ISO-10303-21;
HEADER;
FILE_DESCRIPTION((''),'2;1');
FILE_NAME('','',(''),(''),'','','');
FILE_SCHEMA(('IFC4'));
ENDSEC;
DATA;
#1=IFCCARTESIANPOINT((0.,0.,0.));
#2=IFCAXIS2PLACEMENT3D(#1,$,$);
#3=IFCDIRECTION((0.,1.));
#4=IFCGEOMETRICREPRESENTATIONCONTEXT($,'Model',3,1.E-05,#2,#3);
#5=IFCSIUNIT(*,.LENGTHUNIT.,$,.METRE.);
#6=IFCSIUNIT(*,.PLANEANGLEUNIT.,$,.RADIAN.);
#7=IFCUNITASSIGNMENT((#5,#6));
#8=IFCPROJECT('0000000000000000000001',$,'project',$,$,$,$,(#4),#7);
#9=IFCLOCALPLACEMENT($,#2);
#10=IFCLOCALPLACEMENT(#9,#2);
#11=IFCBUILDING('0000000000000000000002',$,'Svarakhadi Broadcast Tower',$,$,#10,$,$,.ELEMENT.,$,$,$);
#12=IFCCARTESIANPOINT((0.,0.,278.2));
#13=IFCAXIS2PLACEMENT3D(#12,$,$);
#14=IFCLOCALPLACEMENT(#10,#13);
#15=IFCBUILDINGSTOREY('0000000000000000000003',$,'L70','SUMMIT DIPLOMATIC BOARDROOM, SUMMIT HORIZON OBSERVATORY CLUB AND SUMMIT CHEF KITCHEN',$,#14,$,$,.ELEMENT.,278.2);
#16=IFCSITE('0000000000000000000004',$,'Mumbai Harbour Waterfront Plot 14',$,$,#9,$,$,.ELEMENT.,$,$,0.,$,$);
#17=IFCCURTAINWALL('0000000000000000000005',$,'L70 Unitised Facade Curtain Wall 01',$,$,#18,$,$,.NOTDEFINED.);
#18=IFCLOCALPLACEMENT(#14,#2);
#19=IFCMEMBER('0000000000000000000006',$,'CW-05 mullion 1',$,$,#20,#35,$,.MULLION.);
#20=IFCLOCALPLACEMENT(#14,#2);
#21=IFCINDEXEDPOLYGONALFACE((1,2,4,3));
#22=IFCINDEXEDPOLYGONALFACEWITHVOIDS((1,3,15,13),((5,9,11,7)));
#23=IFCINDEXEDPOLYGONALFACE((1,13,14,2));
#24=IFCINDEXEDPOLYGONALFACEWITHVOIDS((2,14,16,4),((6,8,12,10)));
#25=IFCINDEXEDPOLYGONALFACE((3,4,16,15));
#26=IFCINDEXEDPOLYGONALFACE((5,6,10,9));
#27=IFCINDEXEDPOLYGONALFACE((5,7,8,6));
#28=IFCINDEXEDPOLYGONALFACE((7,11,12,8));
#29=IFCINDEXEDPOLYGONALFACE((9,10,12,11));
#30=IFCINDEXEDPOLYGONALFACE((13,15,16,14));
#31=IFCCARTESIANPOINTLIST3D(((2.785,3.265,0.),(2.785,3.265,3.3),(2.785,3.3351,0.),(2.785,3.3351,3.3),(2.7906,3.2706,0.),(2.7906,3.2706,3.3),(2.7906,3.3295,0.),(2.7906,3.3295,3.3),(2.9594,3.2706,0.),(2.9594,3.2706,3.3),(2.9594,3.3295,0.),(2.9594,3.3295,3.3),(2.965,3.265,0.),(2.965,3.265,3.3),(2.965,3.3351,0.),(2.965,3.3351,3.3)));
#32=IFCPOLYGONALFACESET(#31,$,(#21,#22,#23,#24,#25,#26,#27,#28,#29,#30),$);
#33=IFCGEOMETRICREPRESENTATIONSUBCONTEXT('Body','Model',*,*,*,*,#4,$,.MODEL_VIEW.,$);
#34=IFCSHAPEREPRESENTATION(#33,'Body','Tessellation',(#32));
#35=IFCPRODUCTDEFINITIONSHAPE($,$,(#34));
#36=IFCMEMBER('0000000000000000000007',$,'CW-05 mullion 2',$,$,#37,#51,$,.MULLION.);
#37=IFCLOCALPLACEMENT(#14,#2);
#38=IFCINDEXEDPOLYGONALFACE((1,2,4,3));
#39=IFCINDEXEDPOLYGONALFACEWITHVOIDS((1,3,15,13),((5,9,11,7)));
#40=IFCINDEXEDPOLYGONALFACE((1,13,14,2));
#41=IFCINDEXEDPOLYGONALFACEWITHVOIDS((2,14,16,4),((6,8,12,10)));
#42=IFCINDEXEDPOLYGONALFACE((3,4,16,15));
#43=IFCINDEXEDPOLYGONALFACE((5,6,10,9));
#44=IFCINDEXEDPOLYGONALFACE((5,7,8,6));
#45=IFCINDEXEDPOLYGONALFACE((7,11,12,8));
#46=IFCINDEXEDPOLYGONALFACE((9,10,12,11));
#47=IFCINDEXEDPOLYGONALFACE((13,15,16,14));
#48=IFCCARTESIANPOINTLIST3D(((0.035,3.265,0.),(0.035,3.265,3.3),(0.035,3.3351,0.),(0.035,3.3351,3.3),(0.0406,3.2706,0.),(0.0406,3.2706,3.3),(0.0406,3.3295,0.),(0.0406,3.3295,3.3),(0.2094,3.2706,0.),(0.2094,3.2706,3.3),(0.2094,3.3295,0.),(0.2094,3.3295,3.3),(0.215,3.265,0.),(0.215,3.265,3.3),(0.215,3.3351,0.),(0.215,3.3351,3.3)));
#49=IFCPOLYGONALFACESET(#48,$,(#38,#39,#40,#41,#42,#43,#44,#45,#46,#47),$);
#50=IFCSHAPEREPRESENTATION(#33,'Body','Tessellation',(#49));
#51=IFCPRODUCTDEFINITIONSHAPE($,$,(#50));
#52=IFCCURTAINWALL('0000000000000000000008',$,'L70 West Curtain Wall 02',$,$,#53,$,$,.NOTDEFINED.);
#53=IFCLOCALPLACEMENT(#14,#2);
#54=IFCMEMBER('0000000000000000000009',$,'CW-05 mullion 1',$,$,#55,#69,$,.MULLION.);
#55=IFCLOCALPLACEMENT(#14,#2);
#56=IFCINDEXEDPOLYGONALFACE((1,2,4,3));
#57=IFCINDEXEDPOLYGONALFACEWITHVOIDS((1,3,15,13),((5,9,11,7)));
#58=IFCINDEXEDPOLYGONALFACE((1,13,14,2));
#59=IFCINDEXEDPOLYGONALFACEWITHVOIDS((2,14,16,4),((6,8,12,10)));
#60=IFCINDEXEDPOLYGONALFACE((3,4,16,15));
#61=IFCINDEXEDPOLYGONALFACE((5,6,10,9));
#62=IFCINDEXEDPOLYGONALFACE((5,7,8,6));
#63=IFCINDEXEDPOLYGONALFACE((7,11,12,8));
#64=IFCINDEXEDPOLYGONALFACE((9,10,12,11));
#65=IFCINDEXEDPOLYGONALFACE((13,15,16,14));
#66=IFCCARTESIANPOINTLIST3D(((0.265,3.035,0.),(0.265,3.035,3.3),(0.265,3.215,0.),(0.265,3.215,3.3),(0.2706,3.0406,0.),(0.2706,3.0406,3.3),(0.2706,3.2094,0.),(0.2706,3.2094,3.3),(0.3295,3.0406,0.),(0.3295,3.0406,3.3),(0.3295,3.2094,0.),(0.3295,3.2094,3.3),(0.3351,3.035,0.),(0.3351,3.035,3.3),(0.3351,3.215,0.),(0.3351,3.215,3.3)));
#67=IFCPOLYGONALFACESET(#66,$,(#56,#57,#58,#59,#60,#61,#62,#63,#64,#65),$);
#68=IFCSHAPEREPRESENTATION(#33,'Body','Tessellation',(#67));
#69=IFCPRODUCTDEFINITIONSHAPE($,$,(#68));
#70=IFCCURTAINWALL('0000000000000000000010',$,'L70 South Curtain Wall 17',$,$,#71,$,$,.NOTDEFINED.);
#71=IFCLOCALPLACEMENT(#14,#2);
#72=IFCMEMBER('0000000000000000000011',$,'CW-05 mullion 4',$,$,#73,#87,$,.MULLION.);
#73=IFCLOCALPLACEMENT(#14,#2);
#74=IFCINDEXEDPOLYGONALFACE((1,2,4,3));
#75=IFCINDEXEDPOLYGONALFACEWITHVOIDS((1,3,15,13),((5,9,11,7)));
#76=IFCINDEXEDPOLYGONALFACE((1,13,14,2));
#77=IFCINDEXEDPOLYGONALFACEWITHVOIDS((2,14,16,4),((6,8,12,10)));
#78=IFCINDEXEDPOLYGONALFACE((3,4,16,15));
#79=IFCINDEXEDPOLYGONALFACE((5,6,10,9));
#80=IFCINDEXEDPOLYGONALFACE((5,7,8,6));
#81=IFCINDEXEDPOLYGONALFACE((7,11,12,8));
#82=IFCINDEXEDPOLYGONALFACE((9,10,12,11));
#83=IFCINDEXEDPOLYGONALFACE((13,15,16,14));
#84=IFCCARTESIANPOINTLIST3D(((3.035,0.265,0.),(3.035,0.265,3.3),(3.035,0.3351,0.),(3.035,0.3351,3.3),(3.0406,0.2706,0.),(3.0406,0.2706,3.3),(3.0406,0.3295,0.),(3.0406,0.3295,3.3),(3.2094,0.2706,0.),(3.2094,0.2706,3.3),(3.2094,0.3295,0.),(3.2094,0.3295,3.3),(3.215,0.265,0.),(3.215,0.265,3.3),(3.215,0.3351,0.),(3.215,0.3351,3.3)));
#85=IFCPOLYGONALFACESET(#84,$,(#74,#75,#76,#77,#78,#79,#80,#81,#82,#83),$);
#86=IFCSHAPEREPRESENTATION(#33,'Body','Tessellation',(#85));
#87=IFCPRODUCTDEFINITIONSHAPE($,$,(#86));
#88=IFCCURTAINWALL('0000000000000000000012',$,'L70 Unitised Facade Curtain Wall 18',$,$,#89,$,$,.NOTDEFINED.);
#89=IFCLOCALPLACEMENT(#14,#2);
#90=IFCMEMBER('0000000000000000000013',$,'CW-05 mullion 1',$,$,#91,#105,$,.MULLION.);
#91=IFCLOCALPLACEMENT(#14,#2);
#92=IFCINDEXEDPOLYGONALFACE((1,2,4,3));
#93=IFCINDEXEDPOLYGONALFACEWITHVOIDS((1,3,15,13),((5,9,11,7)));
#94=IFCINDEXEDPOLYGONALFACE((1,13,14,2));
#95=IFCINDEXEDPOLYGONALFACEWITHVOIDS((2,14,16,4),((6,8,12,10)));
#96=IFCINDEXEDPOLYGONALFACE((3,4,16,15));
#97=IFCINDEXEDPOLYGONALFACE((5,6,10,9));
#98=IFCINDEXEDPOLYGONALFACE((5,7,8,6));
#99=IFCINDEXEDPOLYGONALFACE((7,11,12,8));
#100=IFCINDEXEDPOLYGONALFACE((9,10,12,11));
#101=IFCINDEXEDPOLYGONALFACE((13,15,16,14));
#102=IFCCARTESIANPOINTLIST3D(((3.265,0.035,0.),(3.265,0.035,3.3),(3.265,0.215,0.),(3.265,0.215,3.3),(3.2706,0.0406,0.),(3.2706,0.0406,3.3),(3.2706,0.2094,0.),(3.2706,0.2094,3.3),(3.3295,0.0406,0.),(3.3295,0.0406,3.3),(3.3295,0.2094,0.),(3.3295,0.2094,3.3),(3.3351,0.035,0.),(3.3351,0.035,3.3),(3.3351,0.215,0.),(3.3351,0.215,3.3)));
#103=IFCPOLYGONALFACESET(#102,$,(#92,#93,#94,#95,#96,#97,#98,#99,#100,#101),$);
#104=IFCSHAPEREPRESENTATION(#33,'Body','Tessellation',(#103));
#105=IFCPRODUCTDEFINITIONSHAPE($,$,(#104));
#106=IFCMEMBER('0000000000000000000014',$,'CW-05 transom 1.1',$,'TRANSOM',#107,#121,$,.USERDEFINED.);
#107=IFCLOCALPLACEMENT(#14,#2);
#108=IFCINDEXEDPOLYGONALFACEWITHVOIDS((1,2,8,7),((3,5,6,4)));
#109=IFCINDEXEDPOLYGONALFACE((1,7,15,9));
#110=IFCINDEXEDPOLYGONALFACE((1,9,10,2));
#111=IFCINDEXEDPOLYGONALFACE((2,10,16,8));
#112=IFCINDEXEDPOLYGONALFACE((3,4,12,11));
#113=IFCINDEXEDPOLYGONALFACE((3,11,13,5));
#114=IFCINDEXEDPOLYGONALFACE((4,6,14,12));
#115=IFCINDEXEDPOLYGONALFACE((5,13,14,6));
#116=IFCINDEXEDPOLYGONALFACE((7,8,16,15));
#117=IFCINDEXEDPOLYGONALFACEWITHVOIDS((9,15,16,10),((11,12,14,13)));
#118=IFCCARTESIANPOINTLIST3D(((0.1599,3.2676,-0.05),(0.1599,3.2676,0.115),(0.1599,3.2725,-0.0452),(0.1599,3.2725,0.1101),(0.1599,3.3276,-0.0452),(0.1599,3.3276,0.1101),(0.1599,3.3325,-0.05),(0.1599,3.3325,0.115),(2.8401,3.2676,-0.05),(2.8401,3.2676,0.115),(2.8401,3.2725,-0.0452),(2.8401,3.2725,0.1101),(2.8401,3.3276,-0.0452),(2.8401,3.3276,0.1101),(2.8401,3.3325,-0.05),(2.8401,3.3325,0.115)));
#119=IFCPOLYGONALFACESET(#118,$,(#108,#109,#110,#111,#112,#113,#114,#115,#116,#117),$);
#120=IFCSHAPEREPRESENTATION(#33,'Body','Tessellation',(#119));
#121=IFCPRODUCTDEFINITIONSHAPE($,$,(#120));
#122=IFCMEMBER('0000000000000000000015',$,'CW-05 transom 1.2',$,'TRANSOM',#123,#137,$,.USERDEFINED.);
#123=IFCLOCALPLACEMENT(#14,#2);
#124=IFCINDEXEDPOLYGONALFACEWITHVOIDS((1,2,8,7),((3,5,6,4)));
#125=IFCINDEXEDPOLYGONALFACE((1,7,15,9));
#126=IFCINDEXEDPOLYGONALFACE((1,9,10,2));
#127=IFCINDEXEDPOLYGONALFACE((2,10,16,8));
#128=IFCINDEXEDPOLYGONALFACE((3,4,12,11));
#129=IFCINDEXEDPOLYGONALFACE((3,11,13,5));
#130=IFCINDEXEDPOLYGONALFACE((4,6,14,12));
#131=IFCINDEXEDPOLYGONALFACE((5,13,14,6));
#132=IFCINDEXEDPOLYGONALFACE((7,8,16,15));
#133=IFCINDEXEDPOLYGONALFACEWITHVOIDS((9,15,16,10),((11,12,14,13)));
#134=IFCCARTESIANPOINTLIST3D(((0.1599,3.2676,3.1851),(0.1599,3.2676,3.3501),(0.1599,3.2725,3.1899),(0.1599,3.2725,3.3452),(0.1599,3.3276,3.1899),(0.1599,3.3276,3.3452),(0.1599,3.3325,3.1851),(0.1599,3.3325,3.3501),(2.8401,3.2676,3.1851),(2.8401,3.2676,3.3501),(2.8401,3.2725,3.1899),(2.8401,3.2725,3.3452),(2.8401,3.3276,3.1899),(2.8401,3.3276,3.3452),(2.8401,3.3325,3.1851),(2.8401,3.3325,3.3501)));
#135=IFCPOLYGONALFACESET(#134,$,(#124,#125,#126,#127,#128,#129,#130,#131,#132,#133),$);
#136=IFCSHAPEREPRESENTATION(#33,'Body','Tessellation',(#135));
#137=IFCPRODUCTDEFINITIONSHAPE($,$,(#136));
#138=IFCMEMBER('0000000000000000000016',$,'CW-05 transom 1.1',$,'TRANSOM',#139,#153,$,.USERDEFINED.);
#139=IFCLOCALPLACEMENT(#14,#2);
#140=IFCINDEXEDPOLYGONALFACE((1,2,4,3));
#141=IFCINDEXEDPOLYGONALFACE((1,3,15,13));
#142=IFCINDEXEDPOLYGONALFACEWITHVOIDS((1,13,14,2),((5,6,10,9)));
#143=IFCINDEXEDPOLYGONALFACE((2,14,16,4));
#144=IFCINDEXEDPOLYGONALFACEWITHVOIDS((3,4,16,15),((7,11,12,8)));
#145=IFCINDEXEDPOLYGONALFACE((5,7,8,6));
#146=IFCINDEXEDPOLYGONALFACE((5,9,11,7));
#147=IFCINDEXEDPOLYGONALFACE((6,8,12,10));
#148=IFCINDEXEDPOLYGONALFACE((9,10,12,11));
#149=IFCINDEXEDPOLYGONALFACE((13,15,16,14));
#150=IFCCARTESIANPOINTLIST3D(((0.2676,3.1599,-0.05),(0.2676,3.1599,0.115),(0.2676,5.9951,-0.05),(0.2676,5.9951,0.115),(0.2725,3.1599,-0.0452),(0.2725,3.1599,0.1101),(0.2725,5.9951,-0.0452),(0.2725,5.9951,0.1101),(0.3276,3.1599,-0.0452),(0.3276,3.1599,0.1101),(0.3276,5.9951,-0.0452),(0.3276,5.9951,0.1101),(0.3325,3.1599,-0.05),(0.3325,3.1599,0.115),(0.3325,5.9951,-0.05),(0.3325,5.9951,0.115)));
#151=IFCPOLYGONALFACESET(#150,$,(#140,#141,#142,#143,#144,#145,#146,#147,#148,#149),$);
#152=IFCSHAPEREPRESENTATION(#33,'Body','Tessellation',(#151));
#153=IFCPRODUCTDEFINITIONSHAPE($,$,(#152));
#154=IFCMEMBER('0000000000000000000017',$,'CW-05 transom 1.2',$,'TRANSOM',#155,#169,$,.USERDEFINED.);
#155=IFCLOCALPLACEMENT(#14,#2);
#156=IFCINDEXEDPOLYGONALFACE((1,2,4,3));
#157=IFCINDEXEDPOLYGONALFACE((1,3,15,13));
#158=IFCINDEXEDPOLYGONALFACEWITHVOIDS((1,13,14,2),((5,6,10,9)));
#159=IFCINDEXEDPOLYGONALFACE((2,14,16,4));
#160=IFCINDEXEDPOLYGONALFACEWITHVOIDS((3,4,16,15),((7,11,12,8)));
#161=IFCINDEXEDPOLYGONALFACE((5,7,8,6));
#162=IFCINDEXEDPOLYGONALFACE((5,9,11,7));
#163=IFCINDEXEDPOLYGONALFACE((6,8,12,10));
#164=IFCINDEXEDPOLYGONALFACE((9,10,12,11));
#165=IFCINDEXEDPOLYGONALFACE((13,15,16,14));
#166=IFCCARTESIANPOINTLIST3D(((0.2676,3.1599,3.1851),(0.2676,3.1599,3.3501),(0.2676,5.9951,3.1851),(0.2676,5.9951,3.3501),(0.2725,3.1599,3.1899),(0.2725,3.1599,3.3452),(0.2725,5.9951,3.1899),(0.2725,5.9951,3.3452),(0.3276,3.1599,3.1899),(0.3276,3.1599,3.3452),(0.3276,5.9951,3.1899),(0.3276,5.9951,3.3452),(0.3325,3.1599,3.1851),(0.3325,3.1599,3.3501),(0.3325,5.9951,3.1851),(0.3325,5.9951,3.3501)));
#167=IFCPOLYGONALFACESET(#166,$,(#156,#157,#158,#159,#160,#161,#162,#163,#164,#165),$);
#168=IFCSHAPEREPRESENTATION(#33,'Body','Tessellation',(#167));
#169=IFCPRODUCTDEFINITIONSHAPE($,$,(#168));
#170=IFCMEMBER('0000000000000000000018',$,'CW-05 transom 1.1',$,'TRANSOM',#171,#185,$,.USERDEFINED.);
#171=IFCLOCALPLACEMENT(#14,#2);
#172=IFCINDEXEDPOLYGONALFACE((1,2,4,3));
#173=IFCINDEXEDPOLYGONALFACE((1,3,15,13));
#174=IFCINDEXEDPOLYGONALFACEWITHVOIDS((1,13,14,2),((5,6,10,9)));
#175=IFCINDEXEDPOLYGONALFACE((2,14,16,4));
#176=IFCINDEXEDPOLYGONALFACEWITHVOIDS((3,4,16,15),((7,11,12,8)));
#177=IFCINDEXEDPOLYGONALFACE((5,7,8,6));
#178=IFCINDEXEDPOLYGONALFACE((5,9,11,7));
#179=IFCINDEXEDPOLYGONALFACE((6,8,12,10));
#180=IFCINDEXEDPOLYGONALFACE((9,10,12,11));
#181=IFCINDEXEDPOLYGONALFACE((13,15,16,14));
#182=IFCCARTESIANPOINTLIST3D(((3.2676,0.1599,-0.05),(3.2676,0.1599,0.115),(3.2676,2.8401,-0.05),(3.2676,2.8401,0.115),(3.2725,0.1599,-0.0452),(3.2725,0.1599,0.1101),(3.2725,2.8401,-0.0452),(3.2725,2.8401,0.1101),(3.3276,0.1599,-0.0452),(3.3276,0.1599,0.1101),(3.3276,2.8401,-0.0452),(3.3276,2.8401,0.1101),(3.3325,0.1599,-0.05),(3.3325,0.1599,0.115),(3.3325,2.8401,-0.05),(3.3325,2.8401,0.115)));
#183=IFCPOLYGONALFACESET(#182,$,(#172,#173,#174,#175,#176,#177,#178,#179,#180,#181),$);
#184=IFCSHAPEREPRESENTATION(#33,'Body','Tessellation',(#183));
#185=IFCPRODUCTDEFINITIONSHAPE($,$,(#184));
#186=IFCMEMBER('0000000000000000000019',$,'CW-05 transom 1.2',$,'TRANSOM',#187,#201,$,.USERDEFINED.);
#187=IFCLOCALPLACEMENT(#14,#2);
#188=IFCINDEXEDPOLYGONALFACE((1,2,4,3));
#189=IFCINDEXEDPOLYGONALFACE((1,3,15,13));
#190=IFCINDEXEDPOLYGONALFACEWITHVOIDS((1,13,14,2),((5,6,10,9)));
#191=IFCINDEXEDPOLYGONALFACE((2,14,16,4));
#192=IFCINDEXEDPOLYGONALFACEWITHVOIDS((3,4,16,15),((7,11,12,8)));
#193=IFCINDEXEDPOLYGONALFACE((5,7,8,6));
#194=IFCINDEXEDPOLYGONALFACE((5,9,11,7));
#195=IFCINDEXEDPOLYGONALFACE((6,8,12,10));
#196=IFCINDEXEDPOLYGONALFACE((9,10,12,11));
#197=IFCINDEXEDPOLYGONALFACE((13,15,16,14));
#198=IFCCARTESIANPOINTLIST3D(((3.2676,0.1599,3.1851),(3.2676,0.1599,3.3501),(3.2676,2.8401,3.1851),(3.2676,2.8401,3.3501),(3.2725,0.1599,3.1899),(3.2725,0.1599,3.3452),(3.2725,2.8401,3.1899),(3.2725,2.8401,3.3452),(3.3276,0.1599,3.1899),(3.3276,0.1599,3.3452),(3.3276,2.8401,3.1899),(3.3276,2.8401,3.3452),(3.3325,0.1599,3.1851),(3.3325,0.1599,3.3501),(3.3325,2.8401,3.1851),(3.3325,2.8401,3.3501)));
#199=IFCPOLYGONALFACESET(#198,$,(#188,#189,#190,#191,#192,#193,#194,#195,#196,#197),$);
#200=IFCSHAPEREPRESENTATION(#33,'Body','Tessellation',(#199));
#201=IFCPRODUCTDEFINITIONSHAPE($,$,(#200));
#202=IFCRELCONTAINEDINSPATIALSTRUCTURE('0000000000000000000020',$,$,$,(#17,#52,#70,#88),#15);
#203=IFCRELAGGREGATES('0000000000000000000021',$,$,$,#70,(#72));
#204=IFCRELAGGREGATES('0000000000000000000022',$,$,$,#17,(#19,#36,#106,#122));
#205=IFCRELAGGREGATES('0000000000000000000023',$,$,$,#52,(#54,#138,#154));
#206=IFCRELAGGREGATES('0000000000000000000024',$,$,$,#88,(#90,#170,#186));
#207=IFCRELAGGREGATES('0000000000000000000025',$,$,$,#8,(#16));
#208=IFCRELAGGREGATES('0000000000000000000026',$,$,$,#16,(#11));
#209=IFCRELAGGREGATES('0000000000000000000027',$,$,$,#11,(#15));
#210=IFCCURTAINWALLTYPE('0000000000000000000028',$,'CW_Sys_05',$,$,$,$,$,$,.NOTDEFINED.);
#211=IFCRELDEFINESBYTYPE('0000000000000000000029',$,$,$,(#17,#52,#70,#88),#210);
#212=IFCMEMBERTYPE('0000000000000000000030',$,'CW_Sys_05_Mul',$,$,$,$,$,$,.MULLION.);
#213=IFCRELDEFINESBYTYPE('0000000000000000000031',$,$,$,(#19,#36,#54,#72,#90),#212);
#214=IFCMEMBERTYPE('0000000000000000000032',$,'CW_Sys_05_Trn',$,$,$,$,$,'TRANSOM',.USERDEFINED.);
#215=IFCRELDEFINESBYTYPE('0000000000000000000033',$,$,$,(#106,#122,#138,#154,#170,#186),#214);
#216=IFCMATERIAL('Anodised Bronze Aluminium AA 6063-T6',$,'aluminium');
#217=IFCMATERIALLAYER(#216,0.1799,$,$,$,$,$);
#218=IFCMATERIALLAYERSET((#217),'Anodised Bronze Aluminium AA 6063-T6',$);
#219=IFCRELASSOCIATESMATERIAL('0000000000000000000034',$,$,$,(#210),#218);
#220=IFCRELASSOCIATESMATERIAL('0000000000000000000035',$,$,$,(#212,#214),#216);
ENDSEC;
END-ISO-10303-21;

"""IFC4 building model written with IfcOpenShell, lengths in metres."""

from ifc_helpers import new_model, si_unit, direction, frame, origin, origin_2d, place, context, subcontext, project, spatial, hollow_rectangle, extrude, material, layer, layer_set, material_profile, profile_set, type_object, element, aggregate, save


model = new_model("IFC4")

# Units and contexts
model_context = context("Model", 3, precision=1e-05, world=origin(), true_north=direction((0.0, 1.0)))
body_context = subcontext(model_context, "Body", "Model", "MODEL_VIEW")
ifc_project = project(units=[si_unit("LENGTHUNIT", "METRE"), si_unit("PLANEANGLEUNIT", "RADIAN")], contexts=[model_context])

# Site, building, storey
site_placement = place(None, origin())
site = spatial("IfcSite", under=ifc_project, at=site_placement, Name="Mumbai Harbour Waterfront Plot 14", CompositionType="ELEMENT", RefElevation=0.0)
building_placement = place(site_placement, origin())
building = spatial("IfcBuilding", under=site, at=building_placement, Name="Svarakhadi Broadcast Tower", CompositionType="ELEMENT")
storey_placement = place(building_placement, frame((0.0, 0.0, 278.2)))
storey = spatial("IfcBuildingStorey", under=building, at=storey_placement, Name="L70", Description="SUMMIT DIPLOMATIC BOARDROOM, SUMMIT HORIZON OBSERVATORY CLUB AND SUMMIT CHEF KITCHEN", CompositionType="ELEMENT", Elevation=278.2)

# Curtain wall, members
ifc_material_1 = material(Name="Anodised Bronze Aluminium AA 6063-T6", Category="aluminium")
ifc_layer_1 = layer(ifc_material_1, 0.1799)
ifc_layer_set_1 = layer_set([ifc_layer_1], Name="Anodised Bronze Aluminium AA 6063-T6")
curtain_wall_type = type_object("IfcCurtainWallType", Name="CW_Sys_05", PredefinedType="NOTDEFINED", material=ifc_layer_set_1)
curtain_wall_1_placement = place(storey_placement, origin())
curtain_wall_1 = element("IfcCurtainWall", 1, at=curtain_wall_1_placement, inside=storey, type_object=curtain_wall_type, Name="L70 Unitised Facade Curtain Wall 01", PredefinedType="NOTDEFINED")
ifc_material_profile_1 = material_profile(ifc_material_1, hollow_rectangle(XDim=0.0701, YDim=0.1799, WallThickness=0.0056, at=origin_2d()), Name="ALU MULLION 180x70x6")
ifc_profile_set_1 = profile_set([ifc_material_profile_1], Name="Anodised Bronze Aluminium AA 6063-T6")
member_type_1 = type_object("IfcMemberType", Name="CW_Sys_05_Mul", PredefinedType="MULLION", material=ifc_profile_set_1)
member_1_placement = place(storey_placement, frame((2.875, 3.3, 0.0), z_axis=(0.0, 0.0, 1.0), x_axis=(0.0, -1.0, 0.0)))
member_1 = element("IfcMember", 2, at=member_1_placement, type_object=member_type_1, Name="CW-05 mullion 1", PredefinedType="MULLION", context=body_context, shape_type="SweptSolid", body=[
    extrude(hollow_rectangle(XDim=0.0701, YDim=0.1799, WallThickness=0.0056, at=origin_2d()), origin(), (0.0, 0.0, 1.0), 3.3),
])
member_2_placement = place(storey_placement, frame((0.125, 3.3, 0.0), z_axis=(0.0, 0.0, 1.0), x_axis=(0.0, -1.0, 0.0)))
member_2 = element("IfcMember", 3, at=member_2_placement, type_object=member_type_1, Name="CW-05 mullion 2", PredefinedType="MULLION", context=body_context, shape_type="SweptSolid", body=[
    extrude(hollow_rectangle(XDim=0.0701, YDim=0.1799, WallThickness=0.0056, at=origin_2d()), origin(), (0.0, 0.0, 1.0), 3.3),
])

# Curtain walls, members
curtain_wall_2_placement = place(storey_placement, origin())
curtain_wall_2 = element("IfcCurtainWall", 4, at=curtain_wall_2_placement, inside=storey, type_object=curtain_wall_type, Name="L70 West Curtain Wall 02", PredefinedType="NOTDEFINED")
member_3_placement = place(storey_placement, frame((0.3, 3.125, 0.0), z_axis=(0.0, 0.0, 1.0), x_axis=(-1.0, 0.0, 0.0)))
member_3 = element("IfcMember", 5, at=member_3_placement, type_object=member_type_1, Name="CW-05 mullion 1", PredefinedType="MULLION", context=body_context, shape_type="SweptSolid", body=[
    extrude(hollow_rectangle(XDim=0.0701, YDim=0.1799, WallThickness=0.0056, at=origin_2d()), origin(), (0.0, 0.0, 1.0), 3.3),
])
curtain_wall_3_placement = place(storey_placement, origin())
curtain_wall_3 = element("IfcCurtainWall", 6, at=curtain_wall_3_placement, inside=storey, type_object=curtain_wall_type, Name="L70 South Curtain Wall 17", PredefinedType="NOTDEFINED")
member_4_placement = place(storey_placement, frame((3.125, 0.3, 0.0), z_axis=(0.0, 0.0, 1.0), x_axis=(0.0, -1.0, 0.0)))
member_4 = element("IfcMember", 7, at=member_4_placement, type_object=member_type_1, Name="CW-05 mullion 4", PredefinedType="MULLION", context=body_context, shape_type="SweptSolid", body=[
    extrude(hollow_rectangle(XDim=0.0701, YDim=0.1799, WallThickness=0.0056, at=origin_2d()), origin(), (0.0, 0.0, 1.0), 3.3),
])
aggregate(curtain_wall_3, [member_4])
curtain_wall_4_placement = place(storey_placement, origin())
curtain_wall_4 = element("IfcCurtainWall", 8, at=curtain_wall_4_placement, inside=storey, type_object=curtain_wall_type, Name="L70 Unitised Facade Curtain Wall 18", PredefinedType="NOTDEFINED")
member_5_placement = place(storey_placement, frame((3.3, 0.125, 0.0), z_axis=(0.0, 0.0, 1.0), x_axis=(-1.0, 0.0, 0.0)))
member_5 = element("IfcMember", 9, at=member_5_placement, type_object=member_type_1, Name="CW-05 mullion 1", PredefinedType="MULLION", context=body_context, shape_type="SweptSolid", body=[
    extrude(hollow_rectangle(XDim=0.0701, YDim=0.1799, WallThickness=0.0056, at=origin_2d()), origin(), (0.0, 0.0, 1.0), 3.3),
])

# Members
ifc_material_profile_2 = material_profile(ifc_material_1, hollow_rectangle(XDim=0.0649, YDim=0.165, WallThickness=0.0049, at=origin_2d()), Name="ALU TRANSOM 165x65x5")
ifc_profile_set_2 = profile_set([ifc_material_profile_2], Name="Anodised Bronze Aluminium AA 6063-T6")
member_type_2 = type_object("IfcMemberType", Name="CW_Sys_05_Trn", ElementType="TRANSOM", PredefinedType="USERDEFINED", material=ifc_profile_set_2)
member_6_placement = place(storey_placement, frame((2.8401, 3.3, 0.0325), z_axis=(-1.0, 0.0, 0.0), x_axis=(0.0, -1.0, 0.0)))
member_6 = element("IfcMember", 10, at=member_6_placement, type_object=member_type_2, Name="CW-05 transom 1.1", ObjectType="TRANSOM", PredefinedType="USERDEFINED", context=body_context, shape_type="SweptSolid", body=[
    extrude(hollow_rectangle(XDim=0.0649, YDim=0.165, WallThickness=0.0049, at=origin_2d()), origin(), (0.0, 0.0, 1.0), 2.6802),
])
member_7_placement = place(storey_placement, frame((2.8401, 3.3, 3.2676), z_axis=(-1.0, 0.0, 0.0), x_axis=(0.0, -1.0, 0.0)))
member_7 = element("IfcMember", 11, at=member_7_placement, type_object=member_type_2, Name="CW-05 transom 1.2", ObjectType="TRANSOM", PredefinedType="USERDEFINED", context=body_context, shape_type="SweptSolid", body=[
    extrude(hollow_rectangle(XDim=0.0649, YDim=0.165, WallThickness=0.0049, at=origin_2d()), origin(), (0.0, 0.0, 1.0), 2.6802),
])
member_8_placement = place(storey_placement, frame((0.3, 3.1599, 0.0325), z_axis=(0.0, 1.0, 0.0), x_axis=(-1.0, 0.0, 0.0)))
member_8 = element("IfcMember", 12, at=member_8_placement, type_object=member_type_2, Name="CW-05 transom 1.1", ObjectType="TRANSOM", PredefinedType="USERDEFINED", context=body_context, shape_type="SweptSolid", body=[
    extrude(hollow_rectangle(XDim=0.0649, YDim=0.165, WallThickness=0.0049, at=origin_2d()), origin(), (0.0, 0.0, 1.0), 2.8352),
])
member_9_placement = place(storey_placement, frame((0.3, 3.1599, 3.2676), z_axis=(0.0, 1.0, 0.0), x_axis=(-1.0, 0.0, 0.0)))
member_9 = element("IfcMember", 13, at=member_9_placement, type_object=member_type_2, Name="CW-05 transom 1.2", ObjectType="TRANSOM", PredefinedType="USERDEFINED", context=body_context, shape_type="SweptSolid", body=[
    extrude(hollow_rectangle(XDim=0.0649, YDim=0.165, WallThickness=0.0049, at=origin_2d()), origin(), (0.0, 0.0, 1.0), 2.8352),
])
member_10_placement = place(storey_placement, frame((3.3, 0.1599, 0.0325), z_axis=(0.0, 1.0, 0.0), x_axis=(-1.0, 0.0, 0.0)))
member_10 = element("IfcMember", 14, at=member_10_placement, type_object=member_type_2, Name="CW-05 transom 1.1", ObjectType="TRANSOM", PredefinedType="USERDEFINED", context=body_context, shape_type="SweptSolid", body=[
    extrude(hollow_rectangle(XDim=0.0649, YDim=0.165, WallThickness=0.0049, at=origin_2d()), origin(), (0.0, 0.0, 1.0), 2.6802),
])
member_11_placement = place(storey_placement, frame((3.3, 0.1599, 3.2676), z_axis=(0.0, 1.0, 0.0), x_axis=(-1.0, 0.0, 0.0)))
member_11 = element("IfcMember", 15, at=member_11_placement, type_object=member_type_2, Name="CW-05 transom 1.2", ObjectType="TRANSOM", PredefinedType="USERDEFINED", context=body_context, shape_type="SweptSolid", body=[
    extrude(hollow_rectangle(XDim=0.0649, YDim=0.165, WallThickness=0.0049, at=origin_2d()), origin(), (0.0, 0.0, 1.0), 2.6802),
])

aggregate(curtain_wall_1, [member_1, member_2, member_6, member_7])
aggregate(curtain_wall_2, [member_3, member_8, member_9])
aggregate(curtain_wall_4, [member_5, member_10, member_11])

save(model, "model.ifc")
